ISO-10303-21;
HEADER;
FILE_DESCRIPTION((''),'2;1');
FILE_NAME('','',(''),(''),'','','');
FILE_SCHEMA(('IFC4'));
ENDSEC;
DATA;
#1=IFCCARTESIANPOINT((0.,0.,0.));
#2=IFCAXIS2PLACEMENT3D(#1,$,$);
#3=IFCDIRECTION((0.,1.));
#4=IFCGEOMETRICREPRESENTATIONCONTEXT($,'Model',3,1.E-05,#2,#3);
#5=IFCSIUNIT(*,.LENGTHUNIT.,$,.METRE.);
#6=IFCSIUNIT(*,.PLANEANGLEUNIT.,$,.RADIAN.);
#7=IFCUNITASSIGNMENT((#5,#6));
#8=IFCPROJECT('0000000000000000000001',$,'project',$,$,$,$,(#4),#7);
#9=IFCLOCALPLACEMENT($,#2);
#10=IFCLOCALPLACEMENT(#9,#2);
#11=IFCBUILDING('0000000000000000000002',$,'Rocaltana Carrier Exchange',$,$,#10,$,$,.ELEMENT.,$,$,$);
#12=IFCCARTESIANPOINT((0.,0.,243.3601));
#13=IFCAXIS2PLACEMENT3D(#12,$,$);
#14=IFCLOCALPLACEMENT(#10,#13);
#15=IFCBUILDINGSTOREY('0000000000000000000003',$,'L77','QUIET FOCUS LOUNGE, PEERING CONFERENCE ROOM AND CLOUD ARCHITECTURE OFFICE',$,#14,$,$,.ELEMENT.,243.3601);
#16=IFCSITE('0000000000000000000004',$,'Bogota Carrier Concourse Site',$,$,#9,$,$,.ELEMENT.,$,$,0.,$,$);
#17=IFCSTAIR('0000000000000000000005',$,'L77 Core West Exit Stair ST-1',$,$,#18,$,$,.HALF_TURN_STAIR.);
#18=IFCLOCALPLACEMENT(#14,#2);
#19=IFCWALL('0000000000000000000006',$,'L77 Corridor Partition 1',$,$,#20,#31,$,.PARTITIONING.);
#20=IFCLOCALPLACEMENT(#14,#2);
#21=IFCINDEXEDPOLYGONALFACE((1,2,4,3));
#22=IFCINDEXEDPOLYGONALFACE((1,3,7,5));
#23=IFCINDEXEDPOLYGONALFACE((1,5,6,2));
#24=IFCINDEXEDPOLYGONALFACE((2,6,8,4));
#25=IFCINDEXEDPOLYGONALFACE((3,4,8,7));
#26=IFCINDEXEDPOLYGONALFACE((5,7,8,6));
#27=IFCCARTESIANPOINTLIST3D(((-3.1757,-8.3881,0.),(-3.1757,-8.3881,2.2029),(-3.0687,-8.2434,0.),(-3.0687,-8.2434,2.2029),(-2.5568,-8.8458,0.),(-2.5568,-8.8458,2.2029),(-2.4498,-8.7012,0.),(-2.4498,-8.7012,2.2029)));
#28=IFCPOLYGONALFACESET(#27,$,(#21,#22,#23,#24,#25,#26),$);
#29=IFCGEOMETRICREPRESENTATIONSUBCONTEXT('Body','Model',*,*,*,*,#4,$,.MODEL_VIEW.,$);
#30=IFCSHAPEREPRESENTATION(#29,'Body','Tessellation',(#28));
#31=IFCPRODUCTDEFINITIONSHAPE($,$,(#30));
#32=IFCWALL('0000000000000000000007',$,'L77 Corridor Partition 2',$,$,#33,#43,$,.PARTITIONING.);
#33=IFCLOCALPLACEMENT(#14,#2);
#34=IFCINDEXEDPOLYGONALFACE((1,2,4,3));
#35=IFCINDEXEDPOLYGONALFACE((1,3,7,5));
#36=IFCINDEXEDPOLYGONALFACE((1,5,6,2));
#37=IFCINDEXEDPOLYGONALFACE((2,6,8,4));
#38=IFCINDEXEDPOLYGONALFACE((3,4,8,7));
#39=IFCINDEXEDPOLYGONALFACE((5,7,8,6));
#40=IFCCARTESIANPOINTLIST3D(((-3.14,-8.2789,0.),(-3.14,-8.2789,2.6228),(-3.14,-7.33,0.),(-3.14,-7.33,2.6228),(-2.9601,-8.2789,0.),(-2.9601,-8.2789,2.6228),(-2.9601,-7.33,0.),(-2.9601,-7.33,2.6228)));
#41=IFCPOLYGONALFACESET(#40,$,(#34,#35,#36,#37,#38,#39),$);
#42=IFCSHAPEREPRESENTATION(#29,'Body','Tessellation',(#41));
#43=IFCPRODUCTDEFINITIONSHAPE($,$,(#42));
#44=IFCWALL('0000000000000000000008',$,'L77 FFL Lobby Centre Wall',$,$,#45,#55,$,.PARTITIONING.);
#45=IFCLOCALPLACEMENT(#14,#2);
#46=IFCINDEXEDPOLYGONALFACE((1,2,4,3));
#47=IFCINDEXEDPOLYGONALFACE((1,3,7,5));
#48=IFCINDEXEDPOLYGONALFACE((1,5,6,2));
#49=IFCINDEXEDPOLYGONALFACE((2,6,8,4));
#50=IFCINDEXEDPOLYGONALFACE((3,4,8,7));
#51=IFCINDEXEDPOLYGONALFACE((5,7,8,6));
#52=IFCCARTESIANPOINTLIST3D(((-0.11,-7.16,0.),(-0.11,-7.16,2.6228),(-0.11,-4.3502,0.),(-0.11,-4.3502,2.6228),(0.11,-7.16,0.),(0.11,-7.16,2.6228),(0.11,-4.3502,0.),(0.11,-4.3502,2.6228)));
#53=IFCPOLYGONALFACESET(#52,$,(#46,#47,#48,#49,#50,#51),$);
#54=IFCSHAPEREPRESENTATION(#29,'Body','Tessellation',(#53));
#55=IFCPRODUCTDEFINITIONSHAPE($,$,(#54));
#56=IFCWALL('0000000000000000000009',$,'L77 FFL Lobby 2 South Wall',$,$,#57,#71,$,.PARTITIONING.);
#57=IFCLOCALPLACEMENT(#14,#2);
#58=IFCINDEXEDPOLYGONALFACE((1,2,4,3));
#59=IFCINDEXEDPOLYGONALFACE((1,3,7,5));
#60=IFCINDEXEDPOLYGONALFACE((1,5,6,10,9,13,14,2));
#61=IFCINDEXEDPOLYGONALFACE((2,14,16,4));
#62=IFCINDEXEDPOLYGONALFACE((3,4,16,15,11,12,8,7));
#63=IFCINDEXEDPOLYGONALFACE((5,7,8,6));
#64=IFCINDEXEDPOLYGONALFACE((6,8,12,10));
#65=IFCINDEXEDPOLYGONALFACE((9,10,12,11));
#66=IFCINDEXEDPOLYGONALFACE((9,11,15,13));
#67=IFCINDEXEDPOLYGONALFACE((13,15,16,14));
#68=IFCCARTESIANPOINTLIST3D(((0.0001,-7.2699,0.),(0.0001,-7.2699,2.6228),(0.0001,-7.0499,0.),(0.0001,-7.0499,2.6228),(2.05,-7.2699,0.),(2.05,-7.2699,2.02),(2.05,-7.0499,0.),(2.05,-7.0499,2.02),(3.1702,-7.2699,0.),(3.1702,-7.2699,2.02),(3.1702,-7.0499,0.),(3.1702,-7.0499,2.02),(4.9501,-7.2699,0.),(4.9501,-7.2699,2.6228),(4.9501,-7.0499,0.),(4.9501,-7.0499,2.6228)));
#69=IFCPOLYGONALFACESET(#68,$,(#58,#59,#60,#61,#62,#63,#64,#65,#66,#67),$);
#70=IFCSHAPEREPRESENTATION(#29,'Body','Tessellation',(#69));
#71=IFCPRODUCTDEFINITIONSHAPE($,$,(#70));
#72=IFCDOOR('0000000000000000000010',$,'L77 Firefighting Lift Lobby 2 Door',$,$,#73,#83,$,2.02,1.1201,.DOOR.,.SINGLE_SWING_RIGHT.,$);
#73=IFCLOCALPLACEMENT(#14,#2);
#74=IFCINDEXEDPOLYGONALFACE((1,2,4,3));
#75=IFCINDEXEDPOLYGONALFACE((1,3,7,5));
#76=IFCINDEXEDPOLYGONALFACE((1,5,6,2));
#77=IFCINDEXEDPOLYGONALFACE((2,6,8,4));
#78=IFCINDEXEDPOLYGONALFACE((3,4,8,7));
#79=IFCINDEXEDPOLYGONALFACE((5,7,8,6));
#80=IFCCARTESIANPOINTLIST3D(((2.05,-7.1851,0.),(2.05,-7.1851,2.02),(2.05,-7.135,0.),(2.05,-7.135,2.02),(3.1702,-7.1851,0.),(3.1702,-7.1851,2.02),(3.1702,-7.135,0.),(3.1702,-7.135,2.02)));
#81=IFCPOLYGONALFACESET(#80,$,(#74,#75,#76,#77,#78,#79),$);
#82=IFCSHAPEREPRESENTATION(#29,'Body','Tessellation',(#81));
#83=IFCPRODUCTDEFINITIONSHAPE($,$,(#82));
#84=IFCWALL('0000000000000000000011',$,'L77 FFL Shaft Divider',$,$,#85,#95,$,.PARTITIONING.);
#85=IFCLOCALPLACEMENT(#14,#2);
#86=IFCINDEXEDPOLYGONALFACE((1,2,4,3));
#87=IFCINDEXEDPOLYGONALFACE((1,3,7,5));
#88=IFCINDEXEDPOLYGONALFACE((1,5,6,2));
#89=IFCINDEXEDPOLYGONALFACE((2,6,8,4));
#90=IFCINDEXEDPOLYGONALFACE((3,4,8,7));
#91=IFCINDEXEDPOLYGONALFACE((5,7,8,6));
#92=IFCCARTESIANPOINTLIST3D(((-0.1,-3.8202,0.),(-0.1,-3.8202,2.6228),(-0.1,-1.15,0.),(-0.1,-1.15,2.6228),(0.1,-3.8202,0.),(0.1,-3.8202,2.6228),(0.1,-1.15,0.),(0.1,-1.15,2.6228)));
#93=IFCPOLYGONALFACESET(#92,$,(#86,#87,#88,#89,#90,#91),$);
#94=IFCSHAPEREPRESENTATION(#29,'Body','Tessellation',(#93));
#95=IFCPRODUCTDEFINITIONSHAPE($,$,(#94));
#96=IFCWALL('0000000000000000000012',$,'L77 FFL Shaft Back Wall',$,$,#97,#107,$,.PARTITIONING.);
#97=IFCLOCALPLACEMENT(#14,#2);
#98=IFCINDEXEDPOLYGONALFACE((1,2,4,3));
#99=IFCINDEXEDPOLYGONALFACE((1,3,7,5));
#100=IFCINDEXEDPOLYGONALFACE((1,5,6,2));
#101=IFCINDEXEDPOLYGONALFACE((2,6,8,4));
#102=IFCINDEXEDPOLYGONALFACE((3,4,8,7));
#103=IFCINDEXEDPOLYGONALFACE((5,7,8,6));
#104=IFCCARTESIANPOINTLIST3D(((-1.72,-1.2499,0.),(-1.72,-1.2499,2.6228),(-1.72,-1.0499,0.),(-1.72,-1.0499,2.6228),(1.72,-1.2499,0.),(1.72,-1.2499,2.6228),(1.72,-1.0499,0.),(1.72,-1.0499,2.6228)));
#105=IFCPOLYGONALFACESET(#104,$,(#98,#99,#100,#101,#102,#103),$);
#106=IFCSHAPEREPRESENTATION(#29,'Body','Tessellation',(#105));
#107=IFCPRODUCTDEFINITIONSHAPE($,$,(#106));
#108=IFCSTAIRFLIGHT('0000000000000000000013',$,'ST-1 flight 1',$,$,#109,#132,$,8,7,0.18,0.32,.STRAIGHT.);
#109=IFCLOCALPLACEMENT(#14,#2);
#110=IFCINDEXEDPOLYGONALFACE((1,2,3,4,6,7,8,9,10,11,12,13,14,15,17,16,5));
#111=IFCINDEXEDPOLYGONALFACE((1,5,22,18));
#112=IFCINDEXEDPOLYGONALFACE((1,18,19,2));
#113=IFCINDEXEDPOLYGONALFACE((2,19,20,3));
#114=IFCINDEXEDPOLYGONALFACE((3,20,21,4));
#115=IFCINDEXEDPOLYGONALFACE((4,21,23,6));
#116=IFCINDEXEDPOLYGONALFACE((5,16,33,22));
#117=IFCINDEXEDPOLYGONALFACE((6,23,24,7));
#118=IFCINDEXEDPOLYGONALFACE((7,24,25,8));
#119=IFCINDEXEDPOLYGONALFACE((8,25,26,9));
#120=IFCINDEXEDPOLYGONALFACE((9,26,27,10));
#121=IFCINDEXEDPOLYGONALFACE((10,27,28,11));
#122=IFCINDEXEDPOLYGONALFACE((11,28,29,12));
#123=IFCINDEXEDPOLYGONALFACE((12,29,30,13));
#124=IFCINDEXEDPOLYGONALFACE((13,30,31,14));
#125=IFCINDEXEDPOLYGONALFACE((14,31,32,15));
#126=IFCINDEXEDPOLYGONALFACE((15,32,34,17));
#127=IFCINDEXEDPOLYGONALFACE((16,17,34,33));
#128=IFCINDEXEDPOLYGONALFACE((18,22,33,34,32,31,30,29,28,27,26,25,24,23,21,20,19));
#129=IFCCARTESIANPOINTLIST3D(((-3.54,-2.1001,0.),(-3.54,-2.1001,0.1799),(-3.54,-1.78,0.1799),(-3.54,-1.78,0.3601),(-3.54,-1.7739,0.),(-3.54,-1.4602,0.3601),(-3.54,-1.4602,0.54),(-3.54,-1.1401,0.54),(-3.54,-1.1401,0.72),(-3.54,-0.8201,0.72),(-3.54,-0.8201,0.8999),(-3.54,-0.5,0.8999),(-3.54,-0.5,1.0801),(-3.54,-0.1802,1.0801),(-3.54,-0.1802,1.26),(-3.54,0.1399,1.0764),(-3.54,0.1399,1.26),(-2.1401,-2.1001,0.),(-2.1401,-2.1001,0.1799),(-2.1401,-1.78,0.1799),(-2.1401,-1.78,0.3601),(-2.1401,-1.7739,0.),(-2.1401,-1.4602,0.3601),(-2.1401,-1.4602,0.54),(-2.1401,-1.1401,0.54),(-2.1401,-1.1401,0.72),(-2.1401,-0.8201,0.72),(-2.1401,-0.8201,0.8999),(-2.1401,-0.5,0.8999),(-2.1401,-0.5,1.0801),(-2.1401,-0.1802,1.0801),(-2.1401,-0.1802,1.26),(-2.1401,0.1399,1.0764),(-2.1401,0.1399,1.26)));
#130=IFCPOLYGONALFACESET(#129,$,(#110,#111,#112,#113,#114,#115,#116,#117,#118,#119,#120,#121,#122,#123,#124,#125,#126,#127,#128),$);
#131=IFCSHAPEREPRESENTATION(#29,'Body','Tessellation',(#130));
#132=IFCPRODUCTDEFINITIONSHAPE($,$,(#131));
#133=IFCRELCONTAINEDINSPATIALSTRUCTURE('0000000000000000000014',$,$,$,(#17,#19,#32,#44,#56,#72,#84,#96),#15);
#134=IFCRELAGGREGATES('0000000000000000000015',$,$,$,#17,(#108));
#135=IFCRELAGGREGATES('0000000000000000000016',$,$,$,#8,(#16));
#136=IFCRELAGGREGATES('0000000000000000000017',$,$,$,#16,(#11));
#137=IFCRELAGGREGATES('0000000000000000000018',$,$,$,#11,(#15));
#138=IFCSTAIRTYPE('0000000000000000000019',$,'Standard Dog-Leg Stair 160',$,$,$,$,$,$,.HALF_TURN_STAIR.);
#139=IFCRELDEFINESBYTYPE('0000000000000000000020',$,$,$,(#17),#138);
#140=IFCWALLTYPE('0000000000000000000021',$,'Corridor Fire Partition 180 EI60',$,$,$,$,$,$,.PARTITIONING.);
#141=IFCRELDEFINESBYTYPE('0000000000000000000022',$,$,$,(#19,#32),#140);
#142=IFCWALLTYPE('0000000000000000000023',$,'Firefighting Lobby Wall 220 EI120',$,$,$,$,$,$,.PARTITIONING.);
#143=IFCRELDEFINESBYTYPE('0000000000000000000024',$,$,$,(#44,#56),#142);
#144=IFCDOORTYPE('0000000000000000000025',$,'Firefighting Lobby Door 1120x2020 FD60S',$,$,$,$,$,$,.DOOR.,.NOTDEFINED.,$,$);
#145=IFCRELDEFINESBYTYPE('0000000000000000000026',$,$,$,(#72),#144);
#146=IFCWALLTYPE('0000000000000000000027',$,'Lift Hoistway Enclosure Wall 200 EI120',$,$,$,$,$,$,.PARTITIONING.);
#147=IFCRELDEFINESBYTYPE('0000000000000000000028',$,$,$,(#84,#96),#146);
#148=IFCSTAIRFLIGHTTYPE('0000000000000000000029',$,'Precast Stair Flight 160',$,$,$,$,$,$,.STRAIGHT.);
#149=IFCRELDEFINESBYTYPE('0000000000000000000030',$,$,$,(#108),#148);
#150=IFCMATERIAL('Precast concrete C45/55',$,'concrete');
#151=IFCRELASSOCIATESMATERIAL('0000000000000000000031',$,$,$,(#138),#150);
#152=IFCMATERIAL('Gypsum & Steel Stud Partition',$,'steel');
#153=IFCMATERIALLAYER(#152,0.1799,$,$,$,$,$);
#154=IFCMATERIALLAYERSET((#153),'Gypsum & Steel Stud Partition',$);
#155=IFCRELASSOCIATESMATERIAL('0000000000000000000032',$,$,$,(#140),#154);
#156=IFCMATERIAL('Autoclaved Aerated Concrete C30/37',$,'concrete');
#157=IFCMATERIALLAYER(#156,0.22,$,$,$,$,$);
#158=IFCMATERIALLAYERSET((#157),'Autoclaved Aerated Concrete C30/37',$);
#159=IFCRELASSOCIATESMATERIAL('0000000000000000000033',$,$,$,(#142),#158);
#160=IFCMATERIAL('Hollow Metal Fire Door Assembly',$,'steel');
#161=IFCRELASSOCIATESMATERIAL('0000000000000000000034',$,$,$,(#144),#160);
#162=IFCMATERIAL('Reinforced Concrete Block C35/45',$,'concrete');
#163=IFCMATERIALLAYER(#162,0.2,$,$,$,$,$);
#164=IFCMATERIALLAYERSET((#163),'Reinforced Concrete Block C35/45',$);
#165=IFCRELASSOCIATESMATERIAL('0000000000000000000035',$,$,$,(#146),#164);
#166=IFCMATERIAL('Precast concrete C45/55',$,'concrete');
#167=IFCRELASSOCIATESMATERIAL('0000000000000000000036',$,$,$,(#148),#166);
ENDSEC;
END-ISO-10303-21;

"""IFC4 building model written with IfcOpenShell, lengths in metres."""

from ifc_helpers import new_model, si_unit, direction, frame, frame_2d, origin, place, context, subcontext, project, spatial, polyline, rectangle, outline, extrude, material, layer, layer_set, type_object, element, fill, aggregate, save


model = new_model("IFC4")

# Units and contexts
model_context = context("Model", 3, precision=1e-05, world=origin(), true_north=direction((0.0, 1.0)))
body_context = subcontext(model_context, "Body", "Model", "MODEL_VIEW")
ifc_project = project(units=[si_unit("LENGTHUNIT", "METRE"), si_unit("PLANEANGLEUNIT", "RADIAN")], contexts=[model_context])

# Site, building, storey
site_placement = place(None, origin())
site = spatial("IfcSite", under=ifc_project, at=site_placement, Name="Bogota Carrier Concourse Site", CompositionType="ELEMENT", RefElevation=0.0)
building_placement = place(site_placement, origin())
building = spatial("IfcBuilding", under=site, at=building_placement, Name="Rocaltana Carrier Exchange", CompositionType="ELEMENT")
storey_placement = place(building_placement, frame((0.0, 0.0, 243.3601)))
storey = spatial("IfcBuildingStorey", under=building, at=storey_placement, Name="L77", Description="QUIET FOCUS LOUNGE, PEERING CONFERENCE ROOM AND CLOUD ARCHITECTURE OFFICE", CompositionType="ELEMENT", Elevation=243.3601)

# Stair
ifc_material_1 = material(Name="Precast concrete C45/55", Category="concrete")
stair_type = type_object("IfcStairType", Name="Standard Dog-Leg Stair 160", PredefinedType="HALF_TURN_STAIR", material=ifc_material_1)
stair_1_placement = place(storey_placement, origin())
stair_1 = element("IfcStair", 1, at=stair_1_placement, inside=storey, type_object=stair_type, Name="L77 Core West Exit Stair ST-1", PredefinedType="HALF_TURN_STAIR")

# Walls
ifc_material_2 = material(Name="Gypsum & Steel Stud Partition", Category="steel")
ifc_layer_1 = layer(ifc_material_2, 0.1799)
ifc_layer_set_1 = layer_set([ifc_layer_1], Name="Gypsum & Steel Stud Partition")
wall_type_1 = type_object("IfcWallType", Name="Corridor Fire Partition 180 EI60", PredefinedType="PARTITIONING", material=ifc_layer_set_1)
wall_1_placement = place(storey_placement, frame((-2.5034, -8.7734, 0.0), z_axis=(0.0, 0.0, 1.0), x_axis=(-0.803978, 0.594659, 0.0)))
element("IfcWall", 2, at=wall_1_placement, inside=storey, type_object=wall_type_1, Name="L77 Corridor Partition 1", PredefinedType="PARTITIONING", context=body_context, shape_type="SweptSolid", body=[
    extrude(rectangle(XDim=0.7698, YDim=0.1799, at=frame_2d((0.3848, 0.0))), origin(), (0.0, 0.0, 1.0), 2.2029),
])
wall_2_placement = place(storey_placement, frame((-3.05, -8.2791, 0.0), z_axis=(0.0, 0.0, 1.0), x_axis=(0.0, 1.0, 0.0)))
element("IfcWall", 3, at=wall_2_placement, inside=storey, type_object=wall_type_1, Name="L77 Corridor Partition 2", PredefinedType="PARTITIONING", context=body_context, shape_type="SweptSolid", body=[
    extrude(rectangle(XDim=0.949, YDim=0.1799, at=frame_2d((0.4746, 0.0))), origin(), (0.0, 0.0, 1.0), 2.6228),
])
ifc_material_3 = material(Name="Autoclaved Aerated Concrete C30/37", Category="concrete")
ifc_layer_2 = layer(ifc_material_3, 0.22)
ifc_layer_set_2 = layer_set([ifc_layer_2], Name="Autoclaved Aerated Concrete C30/37")
wall_type_2 = type_object("IfcWallType", Name="Firefighting Lobby Wall 220 EI120", PredefinedType="PARTITIONING", material=ifc_layer_set_2)
wall_3_placement = place(storey_placement, frame((0.0, -7.1599, 0.0), z_axis=(0.0, 0.0, 1.0), x_axis=(0.0, 1.0, 0.0)))
element("IfcWall", 4, at=wall_3_placement, inside=storey, type_object=wall_type_2, Name="L77 FFL Lobby Centre Wall", PredefinedType="PARTITIONING", context=body_context, shape_type="SweptSolid", body=[
    extrude(rectangle(XDim=2.8098, YDim=0.22, at=frame_2d((1.4048, 0.0))), origin(), (0.0, 0.0, 1.0), 2.6228),
])

# Wall, opening, door
wall_4_placement = place(storey_placement, frame((0.0, -7.1599, 0.0), z_axis=(0.0, 0.0, 1.0), x_axis=(1.0, 0.0, 0.0)))
wall_4 = element("IfcWall", 5, at=wall_4_placement, inside=storey, type_object=wall_type_2, Name="L77 FFL Lobby 2 South Wall", PredefinedType="PARTITIONING", context=body_context, shape_type="SweptSolid", body=[
    extrude(rectangle(XDim=4.95, YDim=0.22, at=frame_2d((2.4751, 0.0))), origin(), (0.0, 0.0, 1.0), 2.6228),
])
opening_placement = place(wall_4_placement, frame((2.05, 0.0, 0.0)))
opening = element("IfcOpeningElement", 6, at=opening_placement, cuts=wall_4, PredefinedType="OPENING", context=body_context, shape_type="SweptSolid", body=[
    extrude(rectangle(XDim=1.1201, YDim=2.02, at=frame_2d((0.5601, 1.01))), frame((0.0, 0.1199, 0.0), z_axis=(0.0, -1.0, 0.0), x_axis=(1.0, 0.0, 0.0)), (0.0, 0.0, 1.0), 0.24),
])
ifc_material_4 = material(Name="Hollow Metal Fire Door Assembly", Category="steel")
door_type = type_object("IfcDoorType", Name="Firefighting Lobby Door 1120x2020 FD60S", OperationType="NOTDEFINED", PredefinedType="DOOR", material=ifc_material_4)
door_placement = place(opening_placement, origin())
door = element("IfcDoor", 7, at=door_placement, inside=storey, type_object=door_type, Name="L77 Firefighting Lift Lobby 2 Door", OperationType="SINGLE_SWING_RIGHT", OverallHeight=2.02, OverallWidth=1.1201, PredefinedType="DOOR", context=body_context, shape_type="SweptSolid", body=[
    extrude(rectangle(XDim=1.1201, YDim=2.02, at=frame_2d((0.5601, 1.01))), frame((0.0, 0.0249, 0.0), z_axis=(0.0, -1.0, 0.0), x_axis=(1.0, 0.0, 0.0)), (0.0, 0.0, 1.0), 0.05),
])
fill(opening, door)

# Walls
ifc_material_5 = material(Name="Reinforced Concrete Block C35/45", Category="concrete")
ifc_layer_3 = layer(ifc_material_5, 0.2)
ifc_layer_set_3 = layer_set([ifc_layer_3], Name="Reinforced Concrete Block C35/45")
wall_type_3 = type_object("IfcWallType", Name="Lift Hoistway Enclosure Wall 200 EI120", PredefinedType="PARTITIONING", material=ifc_layer_set_3)
wall_5_placement = place(storey_placement, frame((0.0, -3.8201, 0.0), z_axis=(0.0, 0.0, 1.0), x_axis=(0.0, 1.0, 0.0)))
element("IfcWall", 8, at=wall_5_placement, inside=storey, type_object=wall_type_3, Name="L77 FFL Shaft Divider", PredefinedType="PARTITIONING", context=body_context, shape_type="SweptSolid", body=[
    extrude(rectangle(XDim=2.6702, YDim=0.2, at=frame_2d((1.335, 0.0))), origin(), (0.0, 0.0, 1.0), 2.6228),
])
wall_6_placement = place(storey_placement, frame((-1.72, -1.1499, 0.0), z_axis=(0.0, 0.0, 1.0), x_axis=(1.0, 0.0, 0.0)))
element("IfcWall", 9, at=wall_6_placement, inside=storey, type_object=wall_type_3, Name="L77 FFL Shaft Back Wall", PredefinedType="PARTITIONING", context=body_context, shape_type="SweptSolid", body=[
    extrude(rectangle(XDim=3.4399, YDim=0.2, at=frame_2d((1.72, 0.0))), origin(), (0.0, 0.0, 1.0), 2.6228),
])

# Stair flight
ifc_material_6 = material(Name="Precast concrete C45/55", Category="concrete")
stair_flight_type = type_object("IfcStairFlightType", Name="Precast Stair Flight 160", PredefinedType="STRAIGHT", material=ifc_material_6)
stair_flight_placement = place(storey_placement, frame((-2.8401, -2.1001, 0.0), z_axis=(0.0, 0.0, 1.0), x_axis=(0.0, 1.0, 0.0)))
stair_flight = element("IfcStairFlight", 10, at=stair_flight_placement, type_object=stair_flight_type, Name="ST-1 flight 1", NumberOfRisers=8, NumberOfTreads=7, PredefinedType="STRAIGHT", RiserHeight=0.18, TreadLength=0.32, context=body_context, shape_type="SweptSolid", body=[
    extrude(outline(polyline([(0.0, 0.0), (0.0, 0.1799), (0.3201, 0.1799), (0.3201, 0.3601), (0.6399, 0.3601), (0.6399, 0.54), (0.96, 0.54), (0.96, 0.72), (1.28, 0.72), (1.28, 0.8999), (1.6001, 0.8999), (1.6001, 1.0801), (1.9199, 1.0801), (1.9199, 1.26), (2.24, 1.26), (2.24, 1.4399), (2.24, 1.0764), (0.3262, 0.0), (0.0, 0.0)])), frame((0.0, 0.7, 0.0), z_axis=(0.0, -1.0, 0.0), x_axis=(1.0, 0.0, 0.0)), (0.0, 0.0, 1.0), 1.3999),
])
aggregate(stair_1, [stair_flight])

save(model, "model.ifc")
